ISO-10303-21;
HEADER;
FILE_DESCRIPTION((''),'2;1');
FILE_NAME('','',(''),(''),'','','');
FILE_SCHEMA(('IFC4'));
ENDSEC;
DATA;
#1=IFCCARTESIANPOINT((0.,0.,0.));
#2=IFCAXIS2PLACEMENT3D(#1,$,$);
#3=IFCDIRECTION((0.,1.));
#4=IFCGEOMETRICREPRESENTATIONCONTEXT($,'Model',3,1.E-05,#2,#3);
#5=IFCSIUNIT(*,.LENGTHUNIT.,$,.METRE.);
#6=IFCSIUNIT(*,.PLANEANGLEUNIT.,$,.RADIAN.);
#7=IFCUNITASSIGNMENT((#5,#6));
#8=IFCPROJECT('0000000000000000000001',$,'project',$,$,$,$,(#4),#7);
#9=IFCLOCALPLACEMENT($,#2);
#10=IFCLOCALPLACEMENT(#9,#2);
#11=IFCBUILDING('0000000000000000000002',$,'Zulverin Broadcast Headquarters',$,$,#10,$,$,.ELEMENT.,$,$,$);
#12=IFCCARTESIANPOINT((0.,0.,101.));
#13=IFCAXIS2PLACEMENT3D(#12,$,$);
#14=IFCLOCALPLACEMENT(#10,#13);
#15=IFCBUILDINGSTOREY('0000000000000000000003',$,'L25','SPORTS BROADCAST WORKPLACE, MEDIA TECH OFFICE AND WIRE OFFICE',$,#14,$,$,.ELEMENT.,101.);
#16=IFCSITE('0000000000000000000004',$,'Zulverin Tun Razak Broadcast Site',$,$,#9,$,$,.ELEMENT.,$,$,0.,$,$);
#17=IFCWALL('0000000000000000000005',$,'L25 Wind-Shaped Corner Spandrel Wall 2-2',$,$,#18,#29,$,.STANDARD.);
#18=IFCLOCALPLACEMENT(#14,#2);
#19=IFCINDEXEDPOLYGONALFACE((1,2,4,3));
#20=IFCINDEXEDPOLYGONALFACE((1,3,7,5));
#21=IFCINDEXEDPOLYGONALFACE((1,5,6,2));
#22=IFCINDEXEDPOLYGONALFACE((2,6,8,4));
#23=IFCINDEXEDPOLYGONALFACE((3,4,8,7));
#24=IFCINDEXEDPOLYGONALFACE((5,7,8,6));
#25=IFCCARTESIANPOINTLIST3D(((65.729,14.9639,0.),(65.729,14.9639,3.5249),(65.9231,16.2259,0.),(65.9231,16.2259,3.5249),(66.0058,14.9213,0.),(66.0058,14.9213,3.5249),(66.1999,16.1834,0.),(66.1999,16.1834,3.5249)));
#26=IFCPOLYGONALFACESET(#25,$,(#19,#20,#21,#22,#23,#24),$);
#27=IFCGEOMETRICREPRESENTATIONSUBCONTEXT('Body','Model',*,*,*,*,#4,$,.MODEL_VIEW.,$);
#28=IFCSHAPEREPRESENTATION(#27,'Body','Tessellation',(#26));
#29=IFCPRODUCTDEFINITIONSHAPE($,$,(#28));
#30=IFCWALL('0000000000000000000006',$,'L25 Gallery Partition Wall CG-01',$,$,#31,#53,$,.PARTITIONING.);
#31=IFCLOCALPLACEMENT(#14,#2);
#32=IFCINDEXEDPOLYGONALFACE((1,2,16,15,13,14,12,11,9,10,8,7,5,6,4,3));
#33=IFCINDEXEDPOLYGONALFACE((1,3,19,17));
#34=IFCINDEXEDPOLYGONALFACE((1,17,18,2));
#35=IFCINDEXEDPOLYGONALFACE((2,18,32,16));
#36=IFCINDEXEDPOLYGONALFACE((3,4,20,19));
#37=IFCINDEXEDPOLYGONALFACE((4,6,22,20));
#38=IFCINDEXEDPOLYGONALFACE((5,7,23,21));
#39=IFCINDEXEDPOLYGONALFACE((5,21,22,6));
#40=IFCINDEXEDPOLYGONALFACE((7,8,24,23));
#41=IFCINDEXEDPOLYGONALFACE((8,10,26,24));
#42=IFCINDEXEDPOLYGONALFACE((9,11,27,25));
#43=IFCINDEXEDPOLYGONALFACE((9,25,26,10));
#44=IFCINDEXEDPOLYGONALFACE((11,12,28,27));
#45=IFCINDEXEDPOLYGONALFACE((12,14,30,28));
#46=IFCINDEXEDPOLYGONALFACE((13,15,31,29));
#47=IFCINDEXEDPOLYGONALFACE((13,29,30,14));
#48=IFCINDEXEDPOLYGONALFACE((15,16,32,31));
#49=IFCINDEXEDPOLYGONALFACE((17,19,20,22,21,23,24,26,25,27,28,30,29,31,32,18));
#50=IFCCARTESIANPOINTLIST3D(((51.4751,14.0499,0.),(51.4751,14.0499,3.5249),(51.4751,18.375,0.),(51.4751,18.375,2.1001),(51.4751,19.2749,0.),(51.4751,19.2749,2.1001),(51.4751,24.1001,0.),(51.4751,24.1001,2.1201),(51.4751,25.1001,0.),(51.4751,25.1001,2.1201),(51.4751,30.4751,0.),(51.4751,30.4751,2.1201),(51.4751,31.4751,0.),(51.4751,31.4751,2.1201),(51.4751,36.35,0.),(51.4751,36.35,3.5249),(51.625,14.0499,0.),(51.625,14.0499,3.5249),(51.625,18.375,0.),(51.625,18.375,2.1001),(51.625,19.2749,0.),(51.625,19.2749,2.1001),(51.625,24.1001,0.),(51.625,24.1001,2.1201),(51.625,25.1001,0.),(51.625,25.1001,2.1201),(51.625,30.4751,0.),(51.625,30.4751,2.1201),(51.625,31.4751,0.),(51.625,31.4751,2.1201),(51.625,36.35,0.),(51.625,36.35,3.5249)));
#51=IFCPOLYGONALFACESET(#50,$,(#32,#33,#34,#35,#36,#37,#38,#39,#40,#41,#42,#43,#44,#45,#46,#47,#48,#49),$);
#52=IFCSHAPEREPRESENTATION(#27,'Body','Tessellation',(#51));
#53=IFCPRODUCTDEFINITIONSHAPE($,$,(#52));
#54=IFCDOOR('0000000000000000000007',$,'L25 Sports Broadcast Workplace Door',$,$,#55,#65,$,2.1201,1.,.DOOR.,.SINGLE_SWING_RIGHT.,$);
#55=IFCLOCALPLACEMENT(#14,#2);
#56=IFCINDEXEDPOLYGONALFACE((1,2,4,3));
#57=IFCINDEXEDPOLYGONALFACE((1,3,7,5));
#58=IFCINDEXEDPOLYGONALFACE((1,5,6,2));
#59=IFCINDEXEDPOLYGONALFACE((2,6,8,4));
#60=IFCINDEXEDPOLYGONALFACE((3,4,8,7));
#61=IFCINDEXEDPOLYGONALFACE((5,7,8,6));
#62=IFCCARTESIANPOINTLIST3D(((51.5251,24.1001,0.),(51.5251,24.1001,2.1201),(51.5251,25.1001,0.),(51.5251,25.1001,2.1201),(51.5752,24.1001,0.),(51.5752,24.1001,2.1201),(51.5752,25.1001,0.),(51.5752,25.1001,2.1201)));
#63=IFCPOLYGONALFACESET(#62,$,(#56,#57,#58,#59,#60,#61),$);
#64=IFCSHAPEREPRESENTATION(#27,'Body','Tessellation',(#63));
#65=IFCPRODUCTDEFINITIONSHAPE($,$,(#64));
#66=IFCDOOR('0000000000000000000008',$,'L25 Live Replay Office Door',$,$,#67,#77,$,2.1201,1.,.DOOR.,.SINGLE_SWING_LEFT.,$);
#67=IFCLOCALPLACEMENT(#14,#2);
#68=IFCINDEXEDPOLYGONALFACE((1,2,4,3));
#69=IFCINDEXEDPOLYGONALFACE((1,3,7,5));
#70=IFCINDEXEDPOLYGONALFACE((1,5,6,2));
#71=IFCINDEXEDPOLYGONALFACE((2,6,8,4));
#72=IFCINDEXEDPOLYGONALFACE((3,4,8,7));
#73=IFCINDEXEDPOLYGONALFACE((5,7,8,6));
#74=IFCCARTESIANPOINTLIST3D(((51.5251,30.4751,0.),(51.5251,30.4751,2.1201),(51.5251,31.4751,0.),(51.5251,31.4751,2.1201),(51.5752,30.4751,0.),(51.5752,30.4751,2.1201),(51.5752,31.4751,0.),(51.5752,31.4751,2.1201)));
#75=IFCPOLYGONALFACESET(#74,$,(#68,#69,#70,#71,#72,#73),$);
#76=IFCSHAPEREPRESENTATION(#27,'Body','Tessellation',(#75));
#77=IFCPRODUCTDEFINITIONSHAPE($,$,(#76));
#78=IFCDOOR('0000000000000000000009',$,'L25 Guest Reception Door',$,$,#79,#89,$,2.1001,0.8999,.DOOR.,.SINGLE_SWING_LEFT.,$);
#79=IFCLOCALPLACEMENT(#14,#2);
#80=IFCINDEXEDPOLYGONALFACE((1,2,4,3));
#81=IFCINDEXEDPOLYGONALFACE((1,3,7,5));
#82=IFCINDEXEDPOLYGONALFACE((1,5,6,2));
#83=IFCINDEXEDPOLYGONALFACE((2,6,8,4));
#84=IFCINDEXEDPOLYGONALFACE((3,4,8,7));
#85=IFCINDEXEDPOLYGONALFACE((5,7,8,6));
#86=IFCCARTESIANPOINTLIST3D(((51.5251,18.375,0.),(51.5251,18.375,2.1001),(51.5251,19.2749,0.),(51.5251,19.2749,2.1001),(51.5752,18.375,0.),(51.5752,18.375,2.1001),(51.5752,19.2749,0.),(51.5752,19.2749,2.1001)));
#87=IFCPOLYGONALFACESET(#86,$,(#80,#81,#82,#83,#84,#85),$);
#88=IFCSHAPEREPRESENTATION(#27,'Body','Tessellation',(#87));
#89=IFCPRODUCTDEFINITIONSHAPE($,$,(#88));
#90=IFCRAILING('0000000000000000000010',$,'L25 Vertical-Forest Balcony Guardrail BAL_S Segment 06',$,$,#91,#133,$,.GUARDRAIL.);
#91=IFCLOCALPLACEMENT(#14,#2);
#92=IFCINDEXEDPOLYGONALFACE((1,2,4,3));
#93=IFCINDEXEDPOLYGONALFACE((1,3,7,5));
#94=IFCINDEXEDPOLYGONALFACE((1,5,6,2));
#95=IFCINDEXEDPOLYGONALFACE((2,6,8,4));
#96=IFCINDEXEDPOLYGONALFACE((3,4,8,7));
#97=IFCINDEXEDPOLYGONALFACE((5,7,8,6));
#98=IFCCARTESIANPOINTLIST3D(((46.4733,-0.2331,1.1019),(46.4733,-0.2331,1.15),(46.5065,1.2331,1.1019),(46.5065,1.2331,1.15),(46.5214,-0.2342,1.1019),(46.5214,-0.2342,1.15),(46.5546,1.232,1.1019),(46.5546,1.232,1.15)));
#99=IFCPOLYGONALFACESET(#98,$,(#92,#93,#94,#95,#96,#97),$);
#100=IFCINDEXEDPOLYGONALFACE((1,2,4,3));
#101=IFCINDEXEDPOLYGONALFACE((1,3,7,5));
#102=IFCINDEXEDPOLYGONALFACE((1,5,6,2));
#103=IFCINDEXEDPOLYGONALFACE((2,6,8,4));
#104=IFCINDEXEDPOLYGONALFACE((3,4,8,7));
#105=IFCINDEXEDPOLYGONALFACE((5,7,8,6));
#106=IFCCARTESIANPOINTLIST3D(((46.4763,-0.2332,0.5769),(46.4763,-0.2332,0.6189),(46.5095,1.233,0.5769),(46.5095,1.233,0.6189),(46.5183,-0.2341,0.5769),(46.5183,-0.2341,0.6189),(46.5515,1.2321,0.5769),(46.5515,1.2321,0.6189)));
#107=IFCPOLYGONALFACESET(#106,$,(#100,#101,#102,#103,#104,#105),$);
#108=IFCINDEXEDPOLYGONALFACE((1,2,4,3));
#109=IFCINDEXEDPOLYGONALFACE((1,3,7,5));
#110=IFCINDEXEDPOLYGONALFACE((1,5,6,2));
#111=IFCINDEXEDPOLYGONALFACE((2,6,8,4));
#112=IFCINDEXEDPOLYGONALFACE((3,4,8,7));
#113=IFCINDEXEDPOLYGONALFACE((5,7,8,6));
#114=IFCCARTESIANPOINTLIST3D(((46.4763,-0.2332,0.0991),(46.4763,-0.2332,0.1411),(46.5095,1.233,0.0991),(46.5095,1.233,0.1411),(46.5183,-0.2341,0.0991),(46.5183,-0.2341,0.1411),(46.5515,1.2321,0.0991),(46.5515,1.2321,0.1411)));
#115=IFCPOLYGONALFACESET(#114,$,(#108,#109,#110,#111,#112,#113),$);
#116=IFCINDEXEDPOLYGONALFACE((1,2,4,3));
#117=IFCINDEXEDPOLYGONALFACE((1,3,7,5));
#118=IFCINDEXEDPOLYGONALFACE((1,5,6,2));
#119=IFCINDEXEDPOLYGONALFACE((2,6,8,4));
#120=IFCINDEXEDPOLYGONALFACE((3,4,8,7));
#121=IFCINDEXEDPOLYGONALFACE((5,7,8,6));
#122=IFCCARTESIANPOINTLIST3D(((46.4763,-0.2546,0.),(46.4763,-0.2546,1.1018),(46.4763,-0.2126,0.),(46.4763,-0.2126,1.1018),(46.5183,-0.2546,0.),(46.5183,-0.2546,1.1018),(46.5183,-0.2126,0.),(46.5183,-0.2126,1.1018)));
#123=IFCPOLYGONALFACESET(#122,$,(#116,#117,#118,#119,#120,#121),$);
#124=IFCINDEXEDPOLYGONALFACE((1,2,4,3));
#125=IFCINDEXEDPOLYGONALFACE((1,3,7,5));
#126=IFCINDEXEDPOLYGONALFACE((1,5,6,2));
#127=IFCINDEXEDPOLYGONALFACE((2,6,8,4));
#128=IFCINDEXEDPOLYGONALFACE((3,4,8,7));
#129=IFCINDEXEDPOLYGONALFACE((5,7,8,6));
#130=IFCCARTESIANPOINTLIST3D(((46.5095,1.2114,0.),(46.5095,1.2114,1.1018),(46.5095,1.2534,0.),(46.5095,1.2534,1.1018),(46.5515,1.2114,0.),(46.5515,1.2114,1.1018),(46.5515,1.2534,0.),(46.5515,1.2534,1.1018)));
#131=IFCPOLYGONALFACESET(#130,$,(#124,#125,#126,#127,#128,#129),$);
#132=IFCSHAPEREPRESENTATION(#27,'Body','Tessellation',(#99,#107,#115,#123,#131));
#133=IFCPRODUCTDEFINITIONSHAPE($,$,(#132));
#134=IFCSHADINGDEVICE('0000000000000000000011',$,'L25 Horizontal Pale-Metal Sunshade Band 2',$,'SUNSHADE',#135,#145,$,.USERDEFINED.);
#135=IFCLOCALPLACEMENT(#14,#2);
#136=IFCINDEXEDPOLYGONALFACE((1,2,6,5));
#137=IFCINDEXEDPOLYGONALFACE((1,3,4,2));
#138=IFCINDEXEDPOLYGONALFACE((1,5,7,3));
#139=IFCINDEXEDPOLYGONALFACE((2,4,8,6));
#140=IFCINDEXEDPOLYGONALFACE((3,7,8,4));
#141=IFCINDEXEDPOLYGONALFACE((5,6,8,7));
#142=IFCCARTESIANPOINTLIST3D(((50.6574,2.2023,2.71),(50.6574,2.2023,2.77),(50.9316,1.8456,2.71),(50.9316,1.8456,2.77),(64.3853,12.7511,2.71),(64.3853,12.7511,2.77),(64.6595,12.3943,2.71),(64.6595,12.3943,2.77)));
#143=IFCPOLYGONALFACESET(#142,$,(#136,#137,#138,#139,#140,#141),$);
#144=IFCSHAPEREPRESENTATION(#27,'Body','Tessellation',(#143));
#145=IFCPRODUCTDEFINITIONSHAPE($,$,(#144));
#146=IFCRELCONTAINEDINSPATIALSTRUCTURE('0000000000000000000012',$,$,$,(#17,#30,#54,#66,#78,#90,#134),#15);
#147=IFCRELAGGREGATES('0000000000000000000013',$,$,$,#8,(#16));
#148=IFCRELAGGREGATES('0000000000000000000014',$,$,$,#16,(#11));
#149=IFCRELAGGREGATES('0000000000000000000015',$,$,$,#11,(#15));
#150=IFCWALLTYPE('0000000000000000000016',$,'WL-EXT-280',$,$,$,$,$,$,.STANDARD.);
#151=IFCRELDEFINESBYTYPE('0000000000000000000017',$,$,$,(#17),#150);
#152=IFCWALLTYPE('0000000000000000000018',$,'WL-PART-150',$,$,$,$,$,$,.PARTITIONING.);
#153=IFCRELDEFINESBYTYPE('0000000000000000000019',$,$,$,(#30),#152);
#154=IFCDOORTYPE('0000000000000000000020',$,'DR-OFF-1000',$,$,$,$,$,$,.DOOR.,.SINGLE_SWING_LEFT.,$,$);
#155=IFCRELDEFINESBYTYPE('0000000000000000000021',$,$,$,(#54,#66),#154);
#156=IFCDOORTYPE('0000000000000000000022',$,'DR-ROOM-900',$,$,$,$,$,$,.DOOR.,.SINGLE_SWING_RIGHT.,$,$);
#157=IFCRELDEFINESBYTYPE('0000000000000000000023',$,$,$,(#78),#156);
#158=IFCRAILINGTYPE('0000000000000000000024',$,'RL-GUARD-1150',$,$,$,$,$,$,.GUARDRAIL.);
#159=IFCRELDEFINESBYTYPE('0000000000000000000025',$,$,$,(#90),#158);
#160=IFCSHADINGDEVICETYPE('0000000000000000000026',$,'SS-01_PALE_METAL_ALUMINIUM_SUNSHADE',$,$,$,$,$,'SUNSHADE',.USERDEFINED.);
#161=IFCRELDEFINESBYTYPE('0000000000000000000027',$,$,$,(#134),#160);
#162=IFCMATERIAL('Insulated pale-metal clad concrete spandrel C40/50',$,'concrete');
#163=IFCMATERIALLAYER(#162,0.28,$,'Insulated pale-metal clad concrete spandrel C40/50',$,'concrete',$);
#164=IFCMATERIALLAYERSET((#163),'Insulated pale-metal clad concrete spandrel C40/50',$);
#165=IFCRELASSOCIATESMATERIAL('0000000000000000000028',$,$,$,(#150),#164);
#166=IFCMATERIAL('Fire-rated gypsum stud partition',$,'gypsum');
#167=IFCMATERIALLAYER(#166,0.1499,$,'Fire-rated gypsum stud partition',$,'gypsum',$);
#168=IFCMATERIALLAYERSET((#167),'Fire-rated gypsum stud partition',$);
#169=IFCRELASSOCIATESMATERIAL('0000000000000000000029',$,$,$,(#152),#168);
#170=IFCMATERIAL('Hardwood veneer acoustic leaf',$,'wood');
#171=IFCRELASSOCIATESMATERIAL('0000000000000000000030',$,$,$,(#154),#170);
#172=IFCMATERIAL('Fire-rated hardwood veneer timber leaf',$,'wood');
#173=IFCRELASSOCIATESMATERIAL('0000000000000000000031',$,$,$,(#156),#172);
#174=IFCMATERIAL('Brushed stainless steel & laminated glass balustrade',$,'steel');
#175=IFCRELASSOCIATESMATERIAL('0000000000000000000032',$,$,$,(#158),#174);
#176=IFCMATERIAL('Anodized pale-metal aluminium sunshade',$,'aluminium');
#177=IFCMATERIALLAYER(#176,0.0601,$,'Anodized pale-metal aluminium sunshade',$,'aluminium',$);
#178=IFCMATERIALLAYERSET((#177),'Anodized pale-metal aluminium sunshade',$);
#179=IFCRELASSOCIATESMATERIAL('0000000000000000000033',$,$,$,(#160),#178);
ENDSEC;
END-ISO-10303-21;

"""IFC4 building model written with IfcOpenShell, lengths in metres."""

from ifc_helpers import new_model, si_unit, direction, frame, frame_2d, origin, origin_2d, place, context, subcontext, project, spatial, rectangle, extrude, material, layer, layer_set, type_object, element, fill, save


model = new_model("IFC4")

# Units and contexts
model_context = context("Model", 3, precision=1e-05, world=origin(), true_north=direction((0.0, 1.0)))
body_context = subcontext(model_context, "Body", "Model", "MODEL_VIEW")
ifc_project = project(units=[si_unit("LENGTHUNIT", "METRE"), si_unit("PLANEANGLEUNIT", "RADIAN")], contexts=[model_context])

# Site, building, storey
site_placement = place(None, origin())
site = spatial("IfcSite", under=ifc_project, at=site_placement, Name="Zulverin Tun Razak Broadcast Site", CompositionType="ELEMENT", RefElevation=0.0)
building_placement = place(site_placement, origin())
building = spatial("IfcBuilding", under=site, at=building_placement, Name="Zulverin Broadcast Headquarters", CompositionType="ELEMENT")
storey_placement = place(building_placement, frame((0.0, 0.0, 101.0)))
storey = spatial("IfcBuildingStorey", under=building, at=storey_placement, Name="L25", Description="SPORTS BROADCAST WORKPLACE, MEDIA TECH OFFICE AND WIRE OFFICE", CompositionType="ELEMENT", Elevation=101.0)

# Shared definitions
ifc_material_1 = material(Name="Insulated pale-metal clad concrete spandrel C40/50", Category="concrete")
ifc_layer_1 = layer(ifc_material_1, 0.28, Name="Insulated pale-metal clad concrete spandrel C40/50", Category="concrete")
ifc_layer_set_1 = layer_set([ifc_layer_1], Name="Insulated pale-metal clad concrete spandrel C40/50")
wall_type_1 = type_object("IfcWallType", Name="WL-EXT-280", PredefinedType="STANDARD", material=ifc_layer_set_1)

# Wall
wall_1_placement = place(storey_placement, frame((65.8674, 14.9426, 0.0), z_axis=(0.0, 0.0, 1.0), x_axis=(0.152014, 0.988378, 0.0)))
element("IfcWall", 1, at=wall_1_placement, inside=storey, type_object=wall_type_1, Name="L25 Wind-Shaped Corner Spandrel Wall 2-2", PredefinedType="STANDARD", context=body_context, shape_type="SweptSolid", body=[
    extrude(rectangle(XDim=1.2769, YDim=0.28, at=frame_2d((0.6384, 0.0))), origin(), (0.0, 0.0, 1.0), 3.5249),
])

# Wall, openings, doors
ifc_material_2 = material(Name="Fire-rated gypsum stud partition", Category="gypsum")
ifc_layer_2 = layer(ifc_material_2, 0.1499, Name="Fire-rated gypsum stud partition", Category="gypsum")
ifc_layer_set_2 = layer_set([ifc_layer_2], Name="Fire-rated gypsum stud partition")
wall_type_2 = type_object("IfcWallType", Name="WL-PART-150", PredefinedType="PARTITIONING", material=ifc_layer_set_2)
wall_2_placement = place(storey_placement, frame((51.55, 14.05, 0.0), z_axis=(0.0, 0.0, 1.0), x_axis=(0.0, 1.0, 0.0)))
wall_2 = element("IfcWall", 2, at=wall_2_placement, inside=storey, type_object=wall_type_2, Name="L25 Gallery Partition Wall CG-01", PredefinedType="PARTITIONING", context=body_context, shape_type="SweptSolid", body=[
    extrude(rectangle(XDim=22.3, YDim=0.1499, at=frame_2d((11.1499, 0.0))), origin(), (0.0, 0.0, 1.0), 3.5249),
])
opening_1_placement = place(wall_2_placement, frame((4.325, 0.0, 0.0)))
opening_1 = element("IfcOpeningElement", 3, at=opening_1_placement, cuts=wall_2, PredefinedType="OPENING", context=body_context, shape_type="SweptSolid", body=[
    extrude(rectangle(XDim=0.8999, YDim=2.1001, at=frame_2d((0.45, 1.05))), frame((0.0, 0.085, 0.0), z_axis=(0.0, -1.0, 0.0), x_axis=(1.0, 0.0, 0.0)), (0.0, 0.0, 1.0), 0.1699),
])
opening_2_placement = place(wall_2_placement, frame((10.05, 0.0, 0.0)))
opening_2 = element("IfcOpeningElement", 4, at=opening_2_placement, cuts=wall_2, PredefinedType="OPENING", context=body_context, shape_type="SweptSolid", body=[
    extrude(rectangle(XDim=1.0, YDim=2.1201, at=frame_2d((0.5, 1.0601))), frame((0.0, 0.085, 0.0), z_axis=(0.0, -1.0, 0.0), x_axis=(1.0, 0.0, 0.0)), (0.0, 0.0, 1.0), 0.1699),
])
opening_3_placement = place(wall_2_placement, frame((16.425, 0.0, 0.0)))
opening_3 = element("IfcOpeningElement", 5, at=opening_3_placement, cuts=wall_2, PredefinedType="OPENING", context=body_context, shape_type="SweptSolid", body=[
    extrude(rectangle(XDim=1.0, YDim=2.1201, at=frame_2d((0.5, 1.0601))), frame((0.0, 0.085, 0.0), z_axis=(0.0, -1.0, 0.0), x_axis=(1.0, 0.0, 0.0)), (0.0, 0.0, 1.0), 0.1699),
])
ifc_material_3 = material(Name="Hardwood veneer acoustic leaf", Category="wood")
door_type_1 = type_object("IfcDoorType", Name="DR-OFF-1000", OperationType="SINGLE_SWING_LEFT", PredefinedType="DOOR", material=ifc_material_3)
door_1_placement = place(opening_2_placement, origin())
door_1 = element("IfcDoor", 6, at=door_1_placement, inside=storey, type_object=door_type_1, Name="L25 Sports Broadcast Workplace Door", OperationType="SINGLE_SWING_RIGHT", OverallHeight=2.1201, OverallWidth=1.0, PredefinedType="DOOR", context=body_context, shape_type="SweptSolid", body=[
    extrude(rectangle(XDim=1.0, YDim=2.1201, at=frame_2d((0.5, 1.0601))), frame((0.0, 0.0249, 0.0), z_axis=(0.0, -1.0, 0.0), x_axis=(1.0, 0.0, 0.0)), (0.0, 0.0, 1.0), 0.05),
])
fill(opening_2, door_1)
door_2_placement = place(opening_3_placement, origin())
door_2 = element("IfcDoor", 7, at=door_2_placement, inside=storey, type_object=door_type_1, Name="L25 Live Replay Office Door", OperationType="SINGLE_SWING_LEFT", OverallHeight=2.1201, OverallWidth=1.0, PredefinedType="DOOR", context=body_context, shape_type="SweptSolid", body=[
    extrude(rectangle(XDim=1.0, YDim=2.1201, at=frame_2d((0.5, 1.0601))), frame((0.0, 0.0249, 0.0), z_axis=(0.0, -1.0, 0.0), x_axis=(1.0, 0.0, 0.0)), (0.0, 0.0, 1.0), 0.05),
])
fill(opening_3, door_2)
ifc_material_4 = material(Name="Fire-rated hardwood veneer timber leaf", Category="wood")
door_type_2 = type_object("IfcDoorType", Name="DR-ROOM-900", OperationType="SINGLE_SWING_RIGHT", PredefinedType="DOOR", material=ifc_material_4)
door_3_placement = place(opening_1_placement, origin())
door_3 = element("IfcDoor", 8, at=door_3_placement, inside=storey, type_object=door_type_2, Name="L25 Guest Reception Door", OperationType="SINGLE_SWING_LEFT", OverallHeight=2.1001, OverallWidth=0.8999, PredefinedType="DOOR", context=body_context, shape_type="SweptSolid", body=[
    extrude(rectangle(XDim=0.8999, YDim=2.1001, at=frame_2d((0.45, 1.05))), frame((0.0, 0.0249, 0.0), z_axis=(0.0, -1.0, 0.0), x_axis=(1.0, 0.0, 0.0)), (0.0, 0.0, 1.0), 0.05),
])
fill(opening_1, door_3)

# Railing
ifc_material_5 = material(Name="Brushed stainless steel & laminated glass balustrade", Category="steel")
railing_type = type_object("IfcRailingType", Name="RL-GUARD-1150", PredefinedType="GUARDRAIL", material=ifc_material_5)
railing_placement = place(storey_placement, frame((46.4973, -0.2336, 0.0)))
element("IfcRailing", 9, at=railing_placement, inside=storey, type_object=railing_type, Name="L25 Vertical-Forest Balcony Guardrail BAL_S Segment 06", PredefinedType="GUARDRAIL", context=body_context, shape_type="SweptSolid", body=[
    extrude(rectangle(XDim=0.0481, YDim=0.0481, at=origin_2d()), frame((0.0, 0.0, 1.126), z_axis=(0.022642, 0.999744, 0.0), x_axis=(-0.999744, 0.022642, 0.0)), (0.0, 0.0, 1.0), 1.4666),
    extrude(rectangle(XDim=0.042, YDim=0.042, at=origin_2d()), frame((0.0, 0.0, 0.5979), z_axis=(0.022642, 0.999744, 0.0), x_axis=(-0.999744, 0.022642, 0.0)), (0.0, 0.0, 1.0), 1.4666),
    extrude(rectangle(XDim=0.042, YDim=0.042, at=origin_2d()), frame((0.0, 0.0, 0.1201), z_axis=(0.022642, 0.999744, 0.0), x_axis=(-0.999744, 0.022642, 0.0)), (0.0, 0.0, 1.0), 1.4666),
    extrude(rectangle(XDim=0.042, YDim=0.042, at=origin_2d()), origin(), (0.0, 0.0, 1.0), 1.1018),
    extrude(rectangle(XDim=0.042, YDim=0.042, at=origin_2d()), frame((0.0332, 1.4661, 0.0)), (0.0, 0.0, 1.0), 1.1018),
])

# Shading device
ifc_material_6 = material(Name="Anodized pale-metal aluminium sunshade", Category="aluminium")
ifc_layer_3 = layer(ifc_material_6, 0.0601, Name="Anodized pale-metal aluminium sunshade", Category="aluminium")
ifc_layer_set_3 = layer_set([ifc_layer_3], Name="Anodized pale-metal aluminium sunshade")
shading_device_type = type_object("IfcShadingDeviceType", Name="SS-01_PALE_METAL_ALUMINIUM_SUNSHADE", ElementType="SUNSHADE", PredefinedType="USERDEFINED", material=ifc_layer_set_3)
shading_device_placement = place(storey_placement, frame((57.6584, 7.2983, 2.71), z_axis=(0.0, 0.0, 1.0), x_axis=(0.792933, 0.609308, 0.0)))
element("IfcShadingDevice", 10, at=shading_device_placement, inside=storey, type_object=shading_device_type, Name="L25 Horizontal Pale-Metal Sunshade Band 2", ObjectType="SUNSHADE", PredefinedType="USERDEFINED", context=body_context, shape_type="SweptSolid", body=[
    extrude(rectangle(XDim=17.3127, YDim=0.45, at=origin_2d()), origin(), (0.0, 0.0, 1.0), 0.0601),
])

save(model, "model.ifc")
